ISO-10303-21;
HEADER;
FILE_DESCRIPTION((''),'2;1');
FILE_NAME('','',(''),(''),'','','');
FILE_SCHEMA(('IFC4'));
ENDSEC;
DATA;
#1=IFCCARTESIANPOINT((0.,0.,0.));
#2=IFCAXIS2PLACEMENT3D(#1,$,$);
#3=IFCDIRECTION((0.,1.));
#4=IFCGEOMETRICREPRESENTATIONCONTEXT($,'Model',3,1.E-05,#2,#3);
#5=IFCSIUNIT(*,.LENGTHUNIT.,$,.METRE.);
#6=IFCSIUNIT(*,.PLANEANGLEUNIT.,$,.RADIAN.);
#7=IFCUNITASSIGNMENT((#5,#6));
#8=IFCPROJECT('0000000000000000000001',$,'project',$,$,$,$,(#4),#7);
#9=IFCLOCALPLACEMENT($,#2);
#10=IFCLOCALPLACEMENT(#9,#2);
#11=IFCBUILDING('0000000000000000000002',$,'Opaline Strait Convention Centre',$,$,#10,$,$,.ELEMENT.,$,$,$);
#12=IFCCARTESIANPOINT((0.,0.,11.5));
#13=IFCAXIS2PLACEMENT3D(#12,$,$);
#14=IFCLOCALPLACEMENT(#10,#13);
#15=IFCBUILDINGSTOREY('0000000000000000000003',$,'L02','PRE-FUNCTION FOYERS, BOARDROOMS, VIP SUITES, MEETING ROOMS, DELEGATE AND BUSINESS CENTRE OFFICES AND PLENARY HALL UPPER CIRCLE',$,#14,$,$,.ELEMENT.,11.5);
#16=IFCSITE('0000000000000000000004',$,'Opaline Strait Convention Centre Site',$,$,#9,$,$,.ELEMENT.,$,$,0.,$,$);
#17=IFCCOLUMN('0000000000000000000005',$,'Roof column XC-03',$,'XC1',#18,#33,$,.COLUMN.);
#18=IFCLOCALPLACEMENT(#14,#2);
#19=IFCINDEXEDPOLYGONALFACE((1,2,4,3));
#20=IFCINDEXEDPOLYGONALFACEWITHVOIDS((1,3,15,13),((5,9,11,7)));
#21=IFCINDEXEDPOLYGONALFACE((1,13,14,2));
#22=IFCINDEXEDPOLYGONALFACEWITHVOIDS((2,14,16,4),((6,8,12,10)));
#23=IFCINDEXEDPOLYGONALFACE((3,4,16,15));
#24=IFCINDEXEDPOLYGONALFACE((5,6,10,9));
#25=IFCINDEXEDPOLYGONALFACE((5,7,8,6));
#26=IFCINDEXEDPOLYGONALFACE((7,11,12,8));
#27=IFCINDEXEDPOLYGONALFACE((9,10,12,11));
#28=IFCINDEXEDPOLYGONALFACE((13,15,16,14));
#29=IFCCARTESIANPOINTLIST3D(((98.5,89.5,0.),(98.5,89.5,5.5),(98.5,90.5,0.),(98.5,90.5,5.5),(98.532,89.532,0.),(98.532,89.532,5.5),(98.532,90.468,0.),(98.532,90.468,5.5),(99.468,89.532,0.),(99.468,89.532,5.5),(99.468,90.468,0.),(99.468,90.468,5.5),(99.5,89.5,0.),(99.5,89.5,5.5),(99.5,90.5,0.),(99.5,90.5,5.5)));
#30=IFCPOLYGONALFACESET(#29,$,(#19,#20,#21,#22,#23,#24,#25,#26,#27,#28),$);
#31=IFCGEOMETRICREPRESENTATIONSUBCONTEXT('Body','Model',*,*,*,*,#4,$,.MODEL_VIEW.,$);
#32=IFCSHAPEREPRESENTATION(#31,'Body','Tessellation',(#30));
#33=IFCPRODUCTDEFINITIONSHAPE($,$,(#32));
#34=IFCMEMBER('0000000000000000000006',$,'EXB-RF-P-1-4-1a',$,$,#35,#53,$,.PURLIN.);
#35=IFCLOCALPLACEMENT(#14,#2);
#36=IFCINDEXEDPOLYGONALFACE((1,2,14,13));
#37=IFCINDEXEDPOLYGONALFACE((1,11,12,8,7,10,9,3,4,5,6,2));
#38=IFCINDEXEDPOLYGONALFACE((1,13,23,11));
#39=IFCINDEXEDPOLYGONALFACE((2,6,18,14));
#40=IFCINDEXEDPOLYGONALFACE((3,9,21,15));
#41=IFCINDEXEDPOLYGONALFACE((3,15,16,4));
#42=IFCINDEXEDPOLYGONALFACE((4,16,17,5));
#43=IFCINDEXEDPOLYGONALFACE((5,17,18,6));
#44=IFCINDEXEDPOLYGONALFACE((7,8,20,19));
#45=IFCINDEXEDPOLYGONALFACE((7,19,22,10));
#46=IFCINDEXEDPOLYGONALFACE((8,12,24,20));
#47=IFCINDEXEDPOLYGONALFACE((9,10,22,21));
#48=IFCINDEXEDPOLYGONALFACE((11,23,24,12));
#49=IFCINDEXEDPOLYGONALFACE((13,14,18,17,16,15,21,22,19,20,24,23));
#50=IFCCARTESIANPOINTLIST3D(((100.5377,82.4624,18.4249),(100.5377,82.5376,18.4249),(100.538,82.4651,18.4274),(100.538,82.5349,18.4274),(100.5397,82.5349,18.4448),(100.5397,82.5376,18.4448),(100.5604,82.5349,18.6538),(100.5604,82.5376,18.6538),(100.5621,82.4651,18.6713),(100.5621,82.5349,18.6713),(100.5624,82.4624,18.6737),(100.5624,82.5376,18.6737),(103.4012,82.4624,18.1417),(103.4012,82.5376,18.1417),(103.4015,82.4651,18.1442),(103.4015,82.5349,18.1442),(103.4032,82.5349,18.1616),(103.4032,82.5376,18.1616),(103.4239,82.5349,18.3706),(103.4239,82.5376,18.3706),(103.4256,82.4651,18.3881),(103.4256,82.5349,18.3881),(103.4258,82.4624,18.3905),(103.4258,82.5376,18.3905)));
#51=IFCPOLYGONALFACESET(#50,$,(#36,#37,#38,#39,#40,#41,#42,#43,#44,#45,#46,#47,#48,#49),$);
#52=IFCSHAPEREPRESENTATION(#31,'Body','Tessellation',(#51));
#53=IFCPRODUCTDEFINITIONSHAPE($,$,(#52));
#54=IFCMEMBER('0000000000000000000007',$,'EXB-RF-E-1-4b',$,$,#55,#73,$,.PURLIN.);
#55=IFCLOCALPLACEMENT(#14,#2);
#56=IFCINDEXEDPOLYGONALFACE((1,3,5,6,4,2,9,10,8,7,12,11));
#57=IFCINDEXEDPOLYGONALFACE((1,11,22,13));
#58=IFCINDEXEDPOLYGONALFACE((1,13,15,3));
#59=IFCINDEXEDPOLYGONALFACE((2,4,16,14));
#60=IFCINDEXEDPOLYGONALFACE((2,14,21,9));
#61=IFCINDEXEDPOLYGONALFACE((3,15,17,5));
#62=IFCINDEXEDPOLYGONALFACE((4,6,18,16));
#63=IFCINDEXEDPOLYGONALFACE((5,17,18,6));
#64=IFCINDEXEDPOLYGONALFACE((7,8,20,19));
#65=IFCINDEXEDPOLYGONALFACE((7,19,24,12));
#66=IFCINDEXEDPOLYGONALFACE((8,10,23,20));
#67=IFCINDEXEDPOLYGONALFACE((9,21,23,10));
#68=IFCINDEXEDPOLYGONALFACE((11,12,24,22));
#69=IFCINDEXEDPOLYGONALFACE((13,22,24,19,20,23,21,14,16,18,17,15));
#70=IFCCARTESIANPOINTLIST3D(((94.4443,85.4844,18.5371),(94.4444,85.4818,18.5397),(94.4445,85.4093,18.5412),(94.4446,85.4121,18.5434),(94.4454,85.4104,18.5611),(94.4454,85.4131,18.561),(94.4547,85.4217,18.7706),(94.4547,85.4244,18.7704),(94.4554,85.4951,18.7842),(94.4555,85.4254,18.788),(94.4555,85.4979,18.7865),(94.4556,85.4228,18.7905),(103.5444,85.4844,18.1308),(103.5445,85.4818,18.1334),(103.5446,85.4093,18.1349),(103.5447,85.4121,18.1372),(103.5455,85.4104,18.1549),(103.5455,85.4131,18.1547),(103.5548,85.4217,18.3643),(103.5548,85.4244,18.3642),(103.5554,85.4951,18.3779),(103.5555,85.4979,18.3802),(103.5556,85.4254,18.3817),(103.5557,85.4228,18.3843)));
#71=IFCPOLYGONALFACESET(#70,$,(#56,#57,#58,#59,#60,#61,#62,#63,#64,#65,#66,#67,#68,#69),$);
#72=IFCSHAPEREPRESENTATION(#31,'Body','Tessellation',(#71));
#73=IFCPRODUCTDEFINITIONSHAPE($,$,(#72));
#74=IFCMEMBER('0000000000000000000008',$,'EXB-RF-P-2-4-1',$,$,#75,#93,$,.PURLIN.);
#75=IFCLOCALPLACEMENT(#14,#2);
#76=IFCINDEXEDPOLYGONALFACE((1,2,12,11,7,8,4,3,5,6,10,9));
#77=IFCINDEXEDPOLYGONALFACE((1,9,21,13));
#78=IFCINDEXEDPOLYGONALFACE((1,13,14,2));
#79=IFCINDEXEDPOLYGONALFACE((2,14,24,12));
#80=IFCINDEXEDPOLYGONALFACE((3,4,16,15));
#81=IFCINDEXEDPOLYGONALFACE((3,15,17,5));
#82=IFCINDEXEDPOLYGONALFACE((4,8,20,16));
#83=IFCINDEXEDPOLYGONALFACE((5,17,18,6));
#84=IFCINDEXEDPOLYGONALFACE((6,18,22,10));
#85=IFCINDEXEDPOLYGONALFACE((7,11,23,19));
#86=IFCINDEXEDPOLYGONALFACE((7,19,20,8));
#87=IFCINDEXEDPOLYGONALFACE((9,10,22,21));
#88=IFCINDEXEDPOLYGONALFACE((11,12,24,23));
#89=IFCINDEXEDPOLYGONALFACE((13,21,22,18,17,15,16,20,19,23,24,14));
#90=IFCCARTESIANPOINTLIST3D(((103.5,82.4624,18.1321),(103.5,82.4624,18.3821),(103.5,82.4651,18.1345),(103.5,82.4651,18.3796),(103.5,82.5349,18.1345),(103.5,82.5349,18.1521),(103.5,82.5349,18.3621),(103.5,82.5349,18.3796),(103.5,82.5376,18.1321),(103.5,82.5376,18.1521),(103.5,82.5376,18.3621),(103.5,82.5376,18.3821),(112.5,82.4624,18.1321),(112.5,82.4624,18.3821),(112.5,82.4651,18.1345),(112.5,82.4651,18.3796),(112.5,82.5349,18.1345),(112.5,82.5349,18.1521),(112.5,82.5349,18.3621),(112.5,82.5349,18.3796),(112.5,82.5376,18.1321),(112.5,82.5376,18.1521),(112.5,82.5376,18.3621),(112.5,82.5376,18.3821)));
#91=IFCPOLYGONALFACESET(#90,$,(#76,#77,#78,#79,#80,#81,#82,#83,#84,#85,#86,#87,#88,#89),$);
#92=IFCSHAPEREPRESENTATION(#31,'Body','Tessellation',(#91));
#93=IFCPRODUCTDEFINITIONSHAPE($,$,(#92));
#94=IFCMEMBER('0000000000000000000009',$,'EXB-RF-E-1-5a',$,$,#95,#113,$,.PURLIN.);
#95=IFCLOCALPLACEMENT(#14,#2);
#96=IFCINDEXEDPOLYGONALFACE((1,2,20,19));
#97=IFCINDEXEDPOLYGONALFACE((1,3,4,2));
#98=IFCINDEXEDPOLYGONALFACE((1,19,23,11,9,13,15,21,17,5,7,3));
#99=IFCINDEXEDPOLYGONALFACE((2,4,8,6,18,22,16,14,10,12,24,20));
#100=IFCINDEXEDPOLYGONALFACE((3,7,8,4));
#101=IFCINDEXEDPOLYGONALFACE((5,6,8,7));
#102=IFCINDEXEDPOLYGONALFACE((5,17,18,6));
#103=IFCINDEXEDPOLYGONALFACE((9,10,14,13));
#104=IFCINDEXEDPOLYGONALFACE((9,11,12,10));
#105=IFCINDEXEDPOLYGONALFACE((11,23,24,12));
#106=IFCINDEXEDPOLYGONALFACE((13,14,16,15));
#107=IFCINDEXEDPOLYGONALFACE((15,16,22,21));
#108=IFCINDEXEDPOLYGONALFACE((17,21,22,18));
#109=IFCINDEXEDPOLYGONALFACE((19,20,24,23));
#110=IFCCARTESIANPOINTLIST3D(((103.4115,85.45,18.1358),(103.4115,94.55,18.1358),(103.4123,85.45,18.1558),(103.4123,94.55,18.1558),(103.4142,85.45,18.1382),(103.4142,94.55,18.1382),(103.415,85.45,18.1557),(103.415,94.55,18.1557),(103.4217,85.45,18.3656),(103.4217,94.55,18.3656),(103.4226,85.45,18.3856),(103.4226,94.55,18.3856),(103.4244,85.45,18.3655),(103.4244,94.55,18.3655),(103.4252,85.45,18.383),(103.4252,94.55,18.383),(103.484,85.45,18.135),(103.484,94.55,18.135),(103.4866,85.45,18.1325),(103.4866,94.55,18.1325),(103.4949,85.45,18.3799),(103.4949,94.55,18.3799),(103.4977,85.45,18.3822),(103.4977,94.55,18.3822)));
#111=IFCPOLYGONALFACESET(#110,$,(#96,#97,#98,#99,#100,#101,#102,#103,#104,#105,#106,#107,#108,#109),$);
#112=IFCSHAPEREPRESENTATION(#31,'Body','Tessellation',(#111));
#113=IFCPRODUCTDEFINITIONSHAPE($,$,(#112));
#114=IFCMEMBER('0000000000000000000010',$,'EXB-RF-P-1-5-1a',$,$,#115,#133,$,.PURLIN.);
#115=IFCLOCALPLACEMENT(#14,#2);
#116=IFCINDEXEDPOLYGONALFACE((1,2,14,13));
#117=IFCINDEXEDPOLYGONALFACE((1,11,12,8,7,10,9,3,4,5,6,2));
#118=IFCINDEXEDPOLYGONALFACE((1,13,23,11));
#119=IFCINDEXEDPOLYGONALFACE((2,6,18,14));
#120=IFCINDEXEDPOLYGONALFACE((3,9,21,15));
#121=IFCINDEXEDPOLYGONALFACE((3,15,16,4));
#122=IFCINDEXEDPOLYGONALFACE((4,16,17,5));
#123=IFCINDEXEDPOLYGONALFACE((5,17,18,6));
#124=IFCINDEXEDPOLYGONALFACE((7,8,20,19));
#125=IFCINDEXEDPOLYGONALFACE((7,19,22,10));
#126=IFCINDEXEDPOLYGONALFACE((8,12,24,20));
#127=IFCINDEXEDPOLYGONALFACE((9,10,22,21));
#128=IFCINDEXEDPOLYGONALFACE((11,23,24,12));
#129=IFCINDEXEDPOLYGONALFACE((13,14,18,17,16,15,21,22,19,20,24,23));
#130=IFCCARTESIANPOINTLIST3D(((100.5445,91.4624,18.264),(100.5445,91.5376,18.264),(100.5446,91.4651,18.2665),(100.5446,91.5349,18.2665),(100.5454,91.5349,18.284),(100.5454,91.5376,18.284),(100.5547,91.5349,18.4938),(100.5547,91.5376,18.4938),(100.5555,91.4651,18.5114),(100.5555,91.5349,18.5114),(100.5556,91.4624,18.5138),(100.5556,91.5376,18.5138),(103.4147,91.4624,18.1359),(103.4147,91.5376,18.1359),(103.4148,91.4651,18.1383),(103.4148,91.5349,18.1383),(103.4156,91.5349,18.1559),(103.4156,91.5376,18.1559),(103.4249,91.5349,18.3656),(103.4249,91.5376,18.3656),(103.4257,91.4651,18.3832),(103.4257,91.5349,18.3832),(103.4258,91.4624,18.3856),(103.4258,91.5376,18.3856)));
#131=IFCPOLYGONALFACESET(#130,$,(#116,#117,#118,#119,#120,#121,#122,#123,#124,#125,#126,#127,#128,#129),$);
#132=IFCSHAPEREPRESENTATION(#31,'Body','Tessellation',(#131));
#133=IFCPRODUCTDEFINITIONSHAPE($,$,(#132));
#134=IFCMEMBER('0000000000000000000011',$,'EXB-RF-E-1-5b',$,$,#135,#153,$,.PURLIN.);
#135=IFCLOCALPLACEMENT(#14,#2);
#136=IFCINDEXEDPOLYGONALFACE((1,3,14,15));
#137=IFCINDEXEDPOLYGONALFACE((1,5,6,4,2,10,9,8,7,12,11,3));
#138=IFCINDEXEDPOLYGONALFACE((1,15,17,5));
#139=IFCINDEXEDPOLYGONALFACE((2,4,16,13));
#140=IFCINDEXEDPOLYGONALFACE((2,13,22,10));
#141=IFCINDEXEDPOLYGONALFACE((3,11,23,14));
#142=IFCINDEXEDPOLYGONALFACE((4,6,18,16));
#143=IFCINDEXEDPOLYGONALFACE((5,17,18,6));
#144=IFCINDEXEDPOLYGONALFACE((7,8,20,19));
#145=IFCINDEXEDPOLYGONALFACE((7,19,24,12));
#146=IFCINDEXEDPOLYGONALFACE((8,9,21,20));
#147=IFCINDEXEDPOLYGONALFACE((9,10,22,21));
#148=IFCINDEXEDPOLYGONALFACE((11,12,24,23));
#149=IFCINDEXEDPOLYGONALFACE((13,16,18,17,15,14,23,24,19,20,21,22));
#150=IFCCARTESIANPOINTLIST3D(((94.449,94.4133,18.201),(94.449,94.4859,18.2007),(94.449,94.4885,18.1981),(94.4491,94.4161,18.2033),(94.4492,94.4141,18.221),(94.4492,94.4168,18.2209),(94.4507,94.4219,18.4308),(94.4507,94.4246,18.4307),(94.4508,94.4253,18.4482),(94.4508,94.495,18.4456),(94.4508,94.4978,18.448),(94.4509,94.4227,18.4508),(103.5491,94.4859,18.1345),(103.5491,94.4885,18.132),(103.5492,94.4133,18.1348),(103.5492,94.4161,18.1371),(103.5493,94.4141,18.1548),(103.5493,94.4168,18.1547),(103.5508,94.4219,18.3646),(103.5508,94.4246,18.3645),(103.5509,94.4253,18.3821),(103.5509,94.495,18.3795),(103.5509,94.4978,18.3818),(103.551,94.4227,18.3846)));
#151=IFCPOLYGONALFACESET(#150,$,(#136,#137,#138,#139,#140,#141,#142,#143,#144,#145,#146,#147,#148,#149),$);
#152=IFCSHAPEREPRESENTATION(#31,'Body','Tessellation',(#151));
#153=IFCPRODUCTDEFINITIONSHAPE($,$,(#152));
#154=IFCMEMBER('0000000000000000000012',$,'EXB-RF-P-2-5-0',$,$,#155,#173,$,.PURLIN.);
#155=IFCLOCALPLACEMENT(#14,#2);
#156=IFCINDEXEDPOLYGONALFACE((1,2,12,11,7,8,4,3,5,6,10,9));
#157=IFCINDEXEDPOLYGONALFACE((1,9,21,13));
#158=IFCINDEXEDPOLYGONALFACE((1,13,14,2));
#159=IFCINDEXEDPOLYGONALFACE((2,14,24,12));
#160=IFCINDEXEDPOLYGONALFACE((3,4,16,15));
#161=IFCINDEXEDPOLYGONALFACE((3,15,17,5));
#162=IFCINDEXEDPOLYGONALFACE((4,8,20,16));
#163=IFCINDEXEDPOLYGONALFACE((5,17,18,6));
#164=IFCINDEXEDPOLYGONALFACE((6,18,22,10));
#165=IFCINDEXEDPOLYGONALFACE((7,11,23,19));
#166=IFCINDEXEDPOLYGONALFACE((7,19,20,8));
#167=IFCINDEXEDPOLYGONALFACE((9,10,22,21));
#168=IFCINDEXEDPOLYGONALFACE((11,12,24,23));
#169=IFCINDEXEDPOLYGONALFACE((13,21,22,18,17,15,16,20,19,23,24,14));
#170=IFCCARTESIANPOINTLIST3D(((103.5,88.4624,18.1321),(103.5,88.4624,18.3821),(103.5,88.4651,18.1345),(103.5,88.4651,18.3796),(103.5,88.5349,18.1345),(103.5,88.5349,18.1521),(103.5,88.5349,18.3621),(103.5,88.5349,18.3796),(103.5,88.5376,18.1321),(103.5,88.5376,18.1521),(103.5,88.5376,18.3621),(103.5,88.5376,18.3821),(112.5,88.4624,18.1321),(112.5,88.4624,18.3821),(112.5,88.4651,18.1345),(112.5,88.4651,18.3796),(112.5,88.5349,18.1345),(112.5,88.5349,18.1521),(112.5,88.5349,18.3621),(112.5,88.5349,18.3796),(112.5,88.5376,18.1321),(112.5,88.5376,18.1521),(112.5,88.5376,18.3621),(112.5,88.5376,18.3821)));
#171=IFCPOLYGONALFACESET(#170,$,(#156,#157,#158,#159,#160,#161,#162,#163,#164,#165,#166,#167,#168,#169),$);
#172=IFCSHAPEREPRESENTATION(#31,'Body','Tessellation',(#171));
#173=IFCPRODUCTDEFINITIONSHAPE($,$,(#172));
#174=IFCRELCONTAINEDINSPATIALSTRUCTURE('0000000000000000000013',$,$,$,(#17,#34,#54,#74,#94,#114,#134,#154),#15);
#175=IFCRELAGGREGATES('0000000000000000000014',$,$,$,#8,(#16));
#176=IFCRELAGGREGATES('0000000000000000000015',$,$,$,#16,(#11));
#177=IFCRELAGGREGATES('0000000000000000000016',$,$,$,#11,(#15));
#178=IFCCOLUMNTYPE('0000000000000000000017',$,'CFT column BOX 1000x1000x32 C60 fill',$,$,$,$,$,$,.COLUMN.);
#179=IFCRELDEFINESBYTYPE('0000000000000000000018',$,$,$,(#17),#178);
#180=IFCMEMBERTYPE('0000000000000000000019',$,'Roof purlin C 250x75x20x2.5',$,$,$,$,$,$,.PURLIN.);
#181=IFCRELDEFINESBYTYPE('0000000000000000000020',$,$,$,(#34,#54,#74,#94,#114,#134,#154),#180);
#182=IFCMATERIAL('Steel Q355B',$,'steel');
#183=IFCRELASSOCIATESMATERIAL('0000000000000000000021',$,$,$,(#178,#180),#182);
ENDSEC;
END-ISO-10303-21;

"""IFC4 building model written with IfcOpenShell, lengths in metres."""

from ifc_helpers import new_model, si_unit, direction, frame, origin, origin_2d, place, context, subcontext, project, spatial, polyline, hollow_rectangle, outline, extrude, material, material_profile, profile_set, type_object, element, save


model = new_model("IFC4")

# Units and contexts
model_context = context("Model", 3, precision=1e-05, world=origin(), true_north=direction((0.0, 1.0)))
body_context = subcontext(model_context, "Body", "Model", "MODEL_VIEW")
ifc_project = project(units=[si_unit("LENGTHUNIT", "METRE"), si_unit("PLANEANGLEUNIT", "RADIAN")], contexts=[model_context])

# Site, building, storey
site_placement = place(None, origin())
site = spatial("IfcSite", under=ifc_project, at=site_placement, Name="Opaline Strait Convention Centre Site", CompositionType="ELEMENT", RefElevation=0.0)
building_placement = place(site_placement, origin())
building = spatial("IfcBuilding", under=site, at=building_placement, Name="Opaline Strait Convention Centre", CompositionType="ELEMENT")
storey_placement = place(building_placement, frame((0.0, 0.0, 11.5)))
storey = spatial("IfcBuildingStorey", under=building, at=storey_placement, Name="L02", Description="PRE-FUNCTION FOYERS, BOARDROOMS, VIP SUITES, MEETING ROOMS, DELEGATE AND BUSINESS CENTRE OFFICES AND PLENARY HALL UPPER CIRCLE", CompositionType="ELEMENT", Elevation=11.5)

# Column
ifc_material_1 = material(Name="Steel Q355B", Category="steel")
ifc_material_profile_1 = material_profile(ifc_material_1, hollow_rectangle(XDim=1.0, YDim=1.0, WallThickness=0.032, at=origin_2d()), Name="BOX 1000x1000x32")
ifc_profile_set_1 = profile_set([ifc_material_profile_1], Name="Steel Q355B")
column_type = type_object("IfcColumnType", Name="CFT column BOX 1000x1000x32 C60 fill", PredefinedType="COLUMN", material=ifc_profile_set_1)
column_placement = place(storey_placement, frame((99.0, 90.0, 0.0), z_axis=(0.0, 0.0, 1.0), x_axis=(1.0, 0.0, 0.0)))
element("IfcColumn", 1, at=column_placement, inside=storey, type_object=column_type, Name="Roof column XC-03", ObjectType="XC1", PredefinedType="COLUMN", context=body_context, shape_type="SweptSolid", body=[
    extrude(hollow_rectangle(XDim=1.0, YDim=1.0, WallThickness=0.032, at=origin_2d()), origin(), (0.0, 0.0, 1.0), 5.5),
])

# Members
ifc_material_profile_2 = material_profile(ifc_material_1, outline(polyline([(-0.0376, -0.125), (0.0376, -0.125), (0.0376, -0.105), (0.0349, -0.105), (0.0349, -0.1226), (-0.0349, -0.1226), (-0.0349, 0.1226), (0.0349, 0.1226), (0.0349, 0.105), (0.0376, 0.105), (0.0376, 0.125), (-0.0376, 0.125), (-0.0376, -0.125)])), Name="C 250x75x20x2.5")
ifc_profile_set_2 = profile_set([ifc_material_profile_2], Name="Steel Q355B")
member_type_1 = type_object("IfcMemberType", Name="Roof purlin C 250x75x20x2.5", PredefinedType="PURLIN", material=ifc_profile_set_2)
member_1_placement = place(storey_placement, frame((100.55, 82.5, 18.5493), z_axis=(0.995145, 0.0, -0.09842), x_axis=(0.0, 1.0, 0.0)))
element("IfcMember", 2, at=member_1_placement, inside=storey, type_object=member_type_1, Name="EXB-RF-P-1-4-1a", PredefinedType="PURLIN", context=body_context, shape_type="SweptSolid", body=[
    extrude(outline(polyline([(-0.0376, -0.125), (0.0376, -0.125), (0.0376, -0.105), (0.0349, -0.105), (0.0349, -0.1226), (-0.0349, -0.1226), (-0.0349, 0.1226), (0.0349, 0.1226), (0.0349, 0.105), (0.0376, 0.105), (0.0376, 0.125), (-0.0376, 0.125), (-0.0376, -0.125)])), origin(), (0.0, 0.0, 1.0), 2.8774),
])
member_2_placement = place(storey_placement, frame((103.55, 85.4536, 18.2576), z_axis=(-0.999005, 0.0, 0.044598), x_axis=(0.002412, -0.998537, 0.05402)))
element("IfcMember", 3, at=member_2_placement, inside=storey, type_object=member_type_1, Name="EXB-RF-E-1-4b", PredefinedType="PURLIN", context=body_context, shape_type="SweptSolid", body=[
    extrude(outline(polyline([(-0.0376, -0.125), (0.0376, -0.125), (0.0376, -0.105), (0.0349, -0.105), (0.0349, -0.1226), (-0.0349, -0.1226), (-0.0349, 0.1226), (0.0349, 0.1226), (0.0349, 0.105), (0.0376, 0.105), (0.0376, 0.125), (-0.0376, 0.125), (-0.0376, -0.125)])), origin(), (0.0, 0.0, 1.0), 9.1091),
])
member_3_placement = place(storey_placement, frame((103.5, 82.5, 18.2571), z_axis=(1.0, 0.0, 0.0), x_axis=(0.0, 1.0, 0.0)))
element("IfcMember", 4, at=member_3_placement, inside=storey, type_object=member_type_1, Name="EXB-RF-P-2-4-1", PredefinedType="PURLIN", context=body_context, shape_type="SweptSolid", body=[
    extrude(outline(polyline([(-0.0376, -0.125), (0.0376, -0.125), (0.0376, -0.105), (0.0349, -0.105), (0.0349, -0.1226), (-0.0349, -0.1226), (-0.0349, 0.1226), (0.0349, 0.1226), (0.0349, 0.105), (0.0376, 0.105), (0.0376, 0.125), (-0.0376, 0.125), (-0.0376, -0.125)])), origin(), (0.0, 0.0, 1.0), 9.0),
])
member_4_placement = place(storey_placement, frame((103.4546, 85.45, 18.259), z_axis=(0.0, 1.0, 0.0), x_axis=(-0.999005, 0.0, 0.044606)))
element("IfcMember", 5, at=member_4_placement, inside=storey, type_object=member_type_1, Name="EXB-RF-E-1-5a", PredefinedType="PURLIN", context=body_context, shape_type="SweptSolid", body=[
    extrude(outline(polyline([(-0.0376, -0.125), (0.0376, -0.125), (0.0376, -0.105), (0.0349, -0.105), (0.0349, -0.1226), (-0.0349, -0.1226), (-0.0349, 0.1226), (0.0349, 0.1226), (0.0349, 0.105), (0.0376, 0.105), (0.0376, 0.125), (-0.0376, 0.125), (-0.0376, -0.125)])), origin(), (0.0, 0.0, 1.0), 9.1001),
])
member_5_placement = place(storey_placement, frame((100.55, 91.5, 18.3889), z_axis=(0.999004, 0.0, -0.044614), x_axis=(0.0, 1.0, 0.0)))
element("IfcMember", 6, at=member_5_placement, inside=storey, type_object=member_type_1, Name="EXB-RF-P-1-5-1a", PredefinedType="PURLIN", context=body_context, shape_type="SweptSolid", body=[
    extrude(outline(polyline([(-0.0376, -0.125), (0.0376, -0.125), (0.0376, -0.105), (0.0349, -0.105), (0.0349, -0.1226), (-0.0349, -0.1226), (-0.0349, 0.1226), (0.0349, 0.1226), (0.0349, 0.105), (0.0376, 0.105), (0.0376, 0.125), (-0.0376, 0.125), (-0.0376, -0.125)])), origin(), (0.0, 0.0, 1.0), 2.873),
])
member_6_placement = place(storey_placement, frame((103.55, 94.4556, 18.2583), z_axis=(-0.999974, 0.0, 0.00727), x_axis=(0.000272, -0.999302, 0.037349)))
element("IfcMember", 7, at=member_6_placement, inside=storey, type_object=member_type_1, Name="EXB-RF-E-1-5b", PredefinedType="PURLIN", context=body_context, shape_type="SweptSolid", body=[
    extrude(outline(polyline([(-0.0376, -0.125), (0.0376, -0.125), (0.0376, -0.105), (0.0349, -0.105), (0.0349, -0.1226), (-0.0349, -0.1226), (-0.0349, 0.1226), (0.0349, 0.1226), (0.0349, 0.105), (0.0376, 0.105), (0.0376, 0.125), (-0.0376, 0.125), (-0.0376, -0.125)])), origin(), (0.0, 0.0, 1.0), 9.1003),
])
for number, where, z_axis, x_axis, name in (
    (8, (103.5, 88.5, 18.2571), (1.0, 0.0, 0.0), (0.0, 1.0, 0.0), "EXB-RF-P-2-5-0"),
):
    element("IfcMember", number, at=place(storey_placement, frame(where, z_axis=z_axis, x_axis=x_axis)), inside=storey, type_object=member_type_1, Name=name, PredefinedType="PURLIN", context=body_context, shape_type="SweptSolid", body=[
        extrude(outline(polyline([(-0.0376, -0.125), (0.0376, -0.125), (0.0376, -0.105), (0.0349, -0.105), (0.0349, -0.1226), (-0.0349, -0.1226), (-0.0349, 0.1226), (0.0349, 0.1226), (0.0349, 0.105), (0.0376, 0.105), (0.0376, 0.125), (-0.0376, 0.125), (-0.0376, -0.125)])), origin(), (0.0, 0.0, 1.0), 9.0),
    ])

save(model, "model.ifc")
